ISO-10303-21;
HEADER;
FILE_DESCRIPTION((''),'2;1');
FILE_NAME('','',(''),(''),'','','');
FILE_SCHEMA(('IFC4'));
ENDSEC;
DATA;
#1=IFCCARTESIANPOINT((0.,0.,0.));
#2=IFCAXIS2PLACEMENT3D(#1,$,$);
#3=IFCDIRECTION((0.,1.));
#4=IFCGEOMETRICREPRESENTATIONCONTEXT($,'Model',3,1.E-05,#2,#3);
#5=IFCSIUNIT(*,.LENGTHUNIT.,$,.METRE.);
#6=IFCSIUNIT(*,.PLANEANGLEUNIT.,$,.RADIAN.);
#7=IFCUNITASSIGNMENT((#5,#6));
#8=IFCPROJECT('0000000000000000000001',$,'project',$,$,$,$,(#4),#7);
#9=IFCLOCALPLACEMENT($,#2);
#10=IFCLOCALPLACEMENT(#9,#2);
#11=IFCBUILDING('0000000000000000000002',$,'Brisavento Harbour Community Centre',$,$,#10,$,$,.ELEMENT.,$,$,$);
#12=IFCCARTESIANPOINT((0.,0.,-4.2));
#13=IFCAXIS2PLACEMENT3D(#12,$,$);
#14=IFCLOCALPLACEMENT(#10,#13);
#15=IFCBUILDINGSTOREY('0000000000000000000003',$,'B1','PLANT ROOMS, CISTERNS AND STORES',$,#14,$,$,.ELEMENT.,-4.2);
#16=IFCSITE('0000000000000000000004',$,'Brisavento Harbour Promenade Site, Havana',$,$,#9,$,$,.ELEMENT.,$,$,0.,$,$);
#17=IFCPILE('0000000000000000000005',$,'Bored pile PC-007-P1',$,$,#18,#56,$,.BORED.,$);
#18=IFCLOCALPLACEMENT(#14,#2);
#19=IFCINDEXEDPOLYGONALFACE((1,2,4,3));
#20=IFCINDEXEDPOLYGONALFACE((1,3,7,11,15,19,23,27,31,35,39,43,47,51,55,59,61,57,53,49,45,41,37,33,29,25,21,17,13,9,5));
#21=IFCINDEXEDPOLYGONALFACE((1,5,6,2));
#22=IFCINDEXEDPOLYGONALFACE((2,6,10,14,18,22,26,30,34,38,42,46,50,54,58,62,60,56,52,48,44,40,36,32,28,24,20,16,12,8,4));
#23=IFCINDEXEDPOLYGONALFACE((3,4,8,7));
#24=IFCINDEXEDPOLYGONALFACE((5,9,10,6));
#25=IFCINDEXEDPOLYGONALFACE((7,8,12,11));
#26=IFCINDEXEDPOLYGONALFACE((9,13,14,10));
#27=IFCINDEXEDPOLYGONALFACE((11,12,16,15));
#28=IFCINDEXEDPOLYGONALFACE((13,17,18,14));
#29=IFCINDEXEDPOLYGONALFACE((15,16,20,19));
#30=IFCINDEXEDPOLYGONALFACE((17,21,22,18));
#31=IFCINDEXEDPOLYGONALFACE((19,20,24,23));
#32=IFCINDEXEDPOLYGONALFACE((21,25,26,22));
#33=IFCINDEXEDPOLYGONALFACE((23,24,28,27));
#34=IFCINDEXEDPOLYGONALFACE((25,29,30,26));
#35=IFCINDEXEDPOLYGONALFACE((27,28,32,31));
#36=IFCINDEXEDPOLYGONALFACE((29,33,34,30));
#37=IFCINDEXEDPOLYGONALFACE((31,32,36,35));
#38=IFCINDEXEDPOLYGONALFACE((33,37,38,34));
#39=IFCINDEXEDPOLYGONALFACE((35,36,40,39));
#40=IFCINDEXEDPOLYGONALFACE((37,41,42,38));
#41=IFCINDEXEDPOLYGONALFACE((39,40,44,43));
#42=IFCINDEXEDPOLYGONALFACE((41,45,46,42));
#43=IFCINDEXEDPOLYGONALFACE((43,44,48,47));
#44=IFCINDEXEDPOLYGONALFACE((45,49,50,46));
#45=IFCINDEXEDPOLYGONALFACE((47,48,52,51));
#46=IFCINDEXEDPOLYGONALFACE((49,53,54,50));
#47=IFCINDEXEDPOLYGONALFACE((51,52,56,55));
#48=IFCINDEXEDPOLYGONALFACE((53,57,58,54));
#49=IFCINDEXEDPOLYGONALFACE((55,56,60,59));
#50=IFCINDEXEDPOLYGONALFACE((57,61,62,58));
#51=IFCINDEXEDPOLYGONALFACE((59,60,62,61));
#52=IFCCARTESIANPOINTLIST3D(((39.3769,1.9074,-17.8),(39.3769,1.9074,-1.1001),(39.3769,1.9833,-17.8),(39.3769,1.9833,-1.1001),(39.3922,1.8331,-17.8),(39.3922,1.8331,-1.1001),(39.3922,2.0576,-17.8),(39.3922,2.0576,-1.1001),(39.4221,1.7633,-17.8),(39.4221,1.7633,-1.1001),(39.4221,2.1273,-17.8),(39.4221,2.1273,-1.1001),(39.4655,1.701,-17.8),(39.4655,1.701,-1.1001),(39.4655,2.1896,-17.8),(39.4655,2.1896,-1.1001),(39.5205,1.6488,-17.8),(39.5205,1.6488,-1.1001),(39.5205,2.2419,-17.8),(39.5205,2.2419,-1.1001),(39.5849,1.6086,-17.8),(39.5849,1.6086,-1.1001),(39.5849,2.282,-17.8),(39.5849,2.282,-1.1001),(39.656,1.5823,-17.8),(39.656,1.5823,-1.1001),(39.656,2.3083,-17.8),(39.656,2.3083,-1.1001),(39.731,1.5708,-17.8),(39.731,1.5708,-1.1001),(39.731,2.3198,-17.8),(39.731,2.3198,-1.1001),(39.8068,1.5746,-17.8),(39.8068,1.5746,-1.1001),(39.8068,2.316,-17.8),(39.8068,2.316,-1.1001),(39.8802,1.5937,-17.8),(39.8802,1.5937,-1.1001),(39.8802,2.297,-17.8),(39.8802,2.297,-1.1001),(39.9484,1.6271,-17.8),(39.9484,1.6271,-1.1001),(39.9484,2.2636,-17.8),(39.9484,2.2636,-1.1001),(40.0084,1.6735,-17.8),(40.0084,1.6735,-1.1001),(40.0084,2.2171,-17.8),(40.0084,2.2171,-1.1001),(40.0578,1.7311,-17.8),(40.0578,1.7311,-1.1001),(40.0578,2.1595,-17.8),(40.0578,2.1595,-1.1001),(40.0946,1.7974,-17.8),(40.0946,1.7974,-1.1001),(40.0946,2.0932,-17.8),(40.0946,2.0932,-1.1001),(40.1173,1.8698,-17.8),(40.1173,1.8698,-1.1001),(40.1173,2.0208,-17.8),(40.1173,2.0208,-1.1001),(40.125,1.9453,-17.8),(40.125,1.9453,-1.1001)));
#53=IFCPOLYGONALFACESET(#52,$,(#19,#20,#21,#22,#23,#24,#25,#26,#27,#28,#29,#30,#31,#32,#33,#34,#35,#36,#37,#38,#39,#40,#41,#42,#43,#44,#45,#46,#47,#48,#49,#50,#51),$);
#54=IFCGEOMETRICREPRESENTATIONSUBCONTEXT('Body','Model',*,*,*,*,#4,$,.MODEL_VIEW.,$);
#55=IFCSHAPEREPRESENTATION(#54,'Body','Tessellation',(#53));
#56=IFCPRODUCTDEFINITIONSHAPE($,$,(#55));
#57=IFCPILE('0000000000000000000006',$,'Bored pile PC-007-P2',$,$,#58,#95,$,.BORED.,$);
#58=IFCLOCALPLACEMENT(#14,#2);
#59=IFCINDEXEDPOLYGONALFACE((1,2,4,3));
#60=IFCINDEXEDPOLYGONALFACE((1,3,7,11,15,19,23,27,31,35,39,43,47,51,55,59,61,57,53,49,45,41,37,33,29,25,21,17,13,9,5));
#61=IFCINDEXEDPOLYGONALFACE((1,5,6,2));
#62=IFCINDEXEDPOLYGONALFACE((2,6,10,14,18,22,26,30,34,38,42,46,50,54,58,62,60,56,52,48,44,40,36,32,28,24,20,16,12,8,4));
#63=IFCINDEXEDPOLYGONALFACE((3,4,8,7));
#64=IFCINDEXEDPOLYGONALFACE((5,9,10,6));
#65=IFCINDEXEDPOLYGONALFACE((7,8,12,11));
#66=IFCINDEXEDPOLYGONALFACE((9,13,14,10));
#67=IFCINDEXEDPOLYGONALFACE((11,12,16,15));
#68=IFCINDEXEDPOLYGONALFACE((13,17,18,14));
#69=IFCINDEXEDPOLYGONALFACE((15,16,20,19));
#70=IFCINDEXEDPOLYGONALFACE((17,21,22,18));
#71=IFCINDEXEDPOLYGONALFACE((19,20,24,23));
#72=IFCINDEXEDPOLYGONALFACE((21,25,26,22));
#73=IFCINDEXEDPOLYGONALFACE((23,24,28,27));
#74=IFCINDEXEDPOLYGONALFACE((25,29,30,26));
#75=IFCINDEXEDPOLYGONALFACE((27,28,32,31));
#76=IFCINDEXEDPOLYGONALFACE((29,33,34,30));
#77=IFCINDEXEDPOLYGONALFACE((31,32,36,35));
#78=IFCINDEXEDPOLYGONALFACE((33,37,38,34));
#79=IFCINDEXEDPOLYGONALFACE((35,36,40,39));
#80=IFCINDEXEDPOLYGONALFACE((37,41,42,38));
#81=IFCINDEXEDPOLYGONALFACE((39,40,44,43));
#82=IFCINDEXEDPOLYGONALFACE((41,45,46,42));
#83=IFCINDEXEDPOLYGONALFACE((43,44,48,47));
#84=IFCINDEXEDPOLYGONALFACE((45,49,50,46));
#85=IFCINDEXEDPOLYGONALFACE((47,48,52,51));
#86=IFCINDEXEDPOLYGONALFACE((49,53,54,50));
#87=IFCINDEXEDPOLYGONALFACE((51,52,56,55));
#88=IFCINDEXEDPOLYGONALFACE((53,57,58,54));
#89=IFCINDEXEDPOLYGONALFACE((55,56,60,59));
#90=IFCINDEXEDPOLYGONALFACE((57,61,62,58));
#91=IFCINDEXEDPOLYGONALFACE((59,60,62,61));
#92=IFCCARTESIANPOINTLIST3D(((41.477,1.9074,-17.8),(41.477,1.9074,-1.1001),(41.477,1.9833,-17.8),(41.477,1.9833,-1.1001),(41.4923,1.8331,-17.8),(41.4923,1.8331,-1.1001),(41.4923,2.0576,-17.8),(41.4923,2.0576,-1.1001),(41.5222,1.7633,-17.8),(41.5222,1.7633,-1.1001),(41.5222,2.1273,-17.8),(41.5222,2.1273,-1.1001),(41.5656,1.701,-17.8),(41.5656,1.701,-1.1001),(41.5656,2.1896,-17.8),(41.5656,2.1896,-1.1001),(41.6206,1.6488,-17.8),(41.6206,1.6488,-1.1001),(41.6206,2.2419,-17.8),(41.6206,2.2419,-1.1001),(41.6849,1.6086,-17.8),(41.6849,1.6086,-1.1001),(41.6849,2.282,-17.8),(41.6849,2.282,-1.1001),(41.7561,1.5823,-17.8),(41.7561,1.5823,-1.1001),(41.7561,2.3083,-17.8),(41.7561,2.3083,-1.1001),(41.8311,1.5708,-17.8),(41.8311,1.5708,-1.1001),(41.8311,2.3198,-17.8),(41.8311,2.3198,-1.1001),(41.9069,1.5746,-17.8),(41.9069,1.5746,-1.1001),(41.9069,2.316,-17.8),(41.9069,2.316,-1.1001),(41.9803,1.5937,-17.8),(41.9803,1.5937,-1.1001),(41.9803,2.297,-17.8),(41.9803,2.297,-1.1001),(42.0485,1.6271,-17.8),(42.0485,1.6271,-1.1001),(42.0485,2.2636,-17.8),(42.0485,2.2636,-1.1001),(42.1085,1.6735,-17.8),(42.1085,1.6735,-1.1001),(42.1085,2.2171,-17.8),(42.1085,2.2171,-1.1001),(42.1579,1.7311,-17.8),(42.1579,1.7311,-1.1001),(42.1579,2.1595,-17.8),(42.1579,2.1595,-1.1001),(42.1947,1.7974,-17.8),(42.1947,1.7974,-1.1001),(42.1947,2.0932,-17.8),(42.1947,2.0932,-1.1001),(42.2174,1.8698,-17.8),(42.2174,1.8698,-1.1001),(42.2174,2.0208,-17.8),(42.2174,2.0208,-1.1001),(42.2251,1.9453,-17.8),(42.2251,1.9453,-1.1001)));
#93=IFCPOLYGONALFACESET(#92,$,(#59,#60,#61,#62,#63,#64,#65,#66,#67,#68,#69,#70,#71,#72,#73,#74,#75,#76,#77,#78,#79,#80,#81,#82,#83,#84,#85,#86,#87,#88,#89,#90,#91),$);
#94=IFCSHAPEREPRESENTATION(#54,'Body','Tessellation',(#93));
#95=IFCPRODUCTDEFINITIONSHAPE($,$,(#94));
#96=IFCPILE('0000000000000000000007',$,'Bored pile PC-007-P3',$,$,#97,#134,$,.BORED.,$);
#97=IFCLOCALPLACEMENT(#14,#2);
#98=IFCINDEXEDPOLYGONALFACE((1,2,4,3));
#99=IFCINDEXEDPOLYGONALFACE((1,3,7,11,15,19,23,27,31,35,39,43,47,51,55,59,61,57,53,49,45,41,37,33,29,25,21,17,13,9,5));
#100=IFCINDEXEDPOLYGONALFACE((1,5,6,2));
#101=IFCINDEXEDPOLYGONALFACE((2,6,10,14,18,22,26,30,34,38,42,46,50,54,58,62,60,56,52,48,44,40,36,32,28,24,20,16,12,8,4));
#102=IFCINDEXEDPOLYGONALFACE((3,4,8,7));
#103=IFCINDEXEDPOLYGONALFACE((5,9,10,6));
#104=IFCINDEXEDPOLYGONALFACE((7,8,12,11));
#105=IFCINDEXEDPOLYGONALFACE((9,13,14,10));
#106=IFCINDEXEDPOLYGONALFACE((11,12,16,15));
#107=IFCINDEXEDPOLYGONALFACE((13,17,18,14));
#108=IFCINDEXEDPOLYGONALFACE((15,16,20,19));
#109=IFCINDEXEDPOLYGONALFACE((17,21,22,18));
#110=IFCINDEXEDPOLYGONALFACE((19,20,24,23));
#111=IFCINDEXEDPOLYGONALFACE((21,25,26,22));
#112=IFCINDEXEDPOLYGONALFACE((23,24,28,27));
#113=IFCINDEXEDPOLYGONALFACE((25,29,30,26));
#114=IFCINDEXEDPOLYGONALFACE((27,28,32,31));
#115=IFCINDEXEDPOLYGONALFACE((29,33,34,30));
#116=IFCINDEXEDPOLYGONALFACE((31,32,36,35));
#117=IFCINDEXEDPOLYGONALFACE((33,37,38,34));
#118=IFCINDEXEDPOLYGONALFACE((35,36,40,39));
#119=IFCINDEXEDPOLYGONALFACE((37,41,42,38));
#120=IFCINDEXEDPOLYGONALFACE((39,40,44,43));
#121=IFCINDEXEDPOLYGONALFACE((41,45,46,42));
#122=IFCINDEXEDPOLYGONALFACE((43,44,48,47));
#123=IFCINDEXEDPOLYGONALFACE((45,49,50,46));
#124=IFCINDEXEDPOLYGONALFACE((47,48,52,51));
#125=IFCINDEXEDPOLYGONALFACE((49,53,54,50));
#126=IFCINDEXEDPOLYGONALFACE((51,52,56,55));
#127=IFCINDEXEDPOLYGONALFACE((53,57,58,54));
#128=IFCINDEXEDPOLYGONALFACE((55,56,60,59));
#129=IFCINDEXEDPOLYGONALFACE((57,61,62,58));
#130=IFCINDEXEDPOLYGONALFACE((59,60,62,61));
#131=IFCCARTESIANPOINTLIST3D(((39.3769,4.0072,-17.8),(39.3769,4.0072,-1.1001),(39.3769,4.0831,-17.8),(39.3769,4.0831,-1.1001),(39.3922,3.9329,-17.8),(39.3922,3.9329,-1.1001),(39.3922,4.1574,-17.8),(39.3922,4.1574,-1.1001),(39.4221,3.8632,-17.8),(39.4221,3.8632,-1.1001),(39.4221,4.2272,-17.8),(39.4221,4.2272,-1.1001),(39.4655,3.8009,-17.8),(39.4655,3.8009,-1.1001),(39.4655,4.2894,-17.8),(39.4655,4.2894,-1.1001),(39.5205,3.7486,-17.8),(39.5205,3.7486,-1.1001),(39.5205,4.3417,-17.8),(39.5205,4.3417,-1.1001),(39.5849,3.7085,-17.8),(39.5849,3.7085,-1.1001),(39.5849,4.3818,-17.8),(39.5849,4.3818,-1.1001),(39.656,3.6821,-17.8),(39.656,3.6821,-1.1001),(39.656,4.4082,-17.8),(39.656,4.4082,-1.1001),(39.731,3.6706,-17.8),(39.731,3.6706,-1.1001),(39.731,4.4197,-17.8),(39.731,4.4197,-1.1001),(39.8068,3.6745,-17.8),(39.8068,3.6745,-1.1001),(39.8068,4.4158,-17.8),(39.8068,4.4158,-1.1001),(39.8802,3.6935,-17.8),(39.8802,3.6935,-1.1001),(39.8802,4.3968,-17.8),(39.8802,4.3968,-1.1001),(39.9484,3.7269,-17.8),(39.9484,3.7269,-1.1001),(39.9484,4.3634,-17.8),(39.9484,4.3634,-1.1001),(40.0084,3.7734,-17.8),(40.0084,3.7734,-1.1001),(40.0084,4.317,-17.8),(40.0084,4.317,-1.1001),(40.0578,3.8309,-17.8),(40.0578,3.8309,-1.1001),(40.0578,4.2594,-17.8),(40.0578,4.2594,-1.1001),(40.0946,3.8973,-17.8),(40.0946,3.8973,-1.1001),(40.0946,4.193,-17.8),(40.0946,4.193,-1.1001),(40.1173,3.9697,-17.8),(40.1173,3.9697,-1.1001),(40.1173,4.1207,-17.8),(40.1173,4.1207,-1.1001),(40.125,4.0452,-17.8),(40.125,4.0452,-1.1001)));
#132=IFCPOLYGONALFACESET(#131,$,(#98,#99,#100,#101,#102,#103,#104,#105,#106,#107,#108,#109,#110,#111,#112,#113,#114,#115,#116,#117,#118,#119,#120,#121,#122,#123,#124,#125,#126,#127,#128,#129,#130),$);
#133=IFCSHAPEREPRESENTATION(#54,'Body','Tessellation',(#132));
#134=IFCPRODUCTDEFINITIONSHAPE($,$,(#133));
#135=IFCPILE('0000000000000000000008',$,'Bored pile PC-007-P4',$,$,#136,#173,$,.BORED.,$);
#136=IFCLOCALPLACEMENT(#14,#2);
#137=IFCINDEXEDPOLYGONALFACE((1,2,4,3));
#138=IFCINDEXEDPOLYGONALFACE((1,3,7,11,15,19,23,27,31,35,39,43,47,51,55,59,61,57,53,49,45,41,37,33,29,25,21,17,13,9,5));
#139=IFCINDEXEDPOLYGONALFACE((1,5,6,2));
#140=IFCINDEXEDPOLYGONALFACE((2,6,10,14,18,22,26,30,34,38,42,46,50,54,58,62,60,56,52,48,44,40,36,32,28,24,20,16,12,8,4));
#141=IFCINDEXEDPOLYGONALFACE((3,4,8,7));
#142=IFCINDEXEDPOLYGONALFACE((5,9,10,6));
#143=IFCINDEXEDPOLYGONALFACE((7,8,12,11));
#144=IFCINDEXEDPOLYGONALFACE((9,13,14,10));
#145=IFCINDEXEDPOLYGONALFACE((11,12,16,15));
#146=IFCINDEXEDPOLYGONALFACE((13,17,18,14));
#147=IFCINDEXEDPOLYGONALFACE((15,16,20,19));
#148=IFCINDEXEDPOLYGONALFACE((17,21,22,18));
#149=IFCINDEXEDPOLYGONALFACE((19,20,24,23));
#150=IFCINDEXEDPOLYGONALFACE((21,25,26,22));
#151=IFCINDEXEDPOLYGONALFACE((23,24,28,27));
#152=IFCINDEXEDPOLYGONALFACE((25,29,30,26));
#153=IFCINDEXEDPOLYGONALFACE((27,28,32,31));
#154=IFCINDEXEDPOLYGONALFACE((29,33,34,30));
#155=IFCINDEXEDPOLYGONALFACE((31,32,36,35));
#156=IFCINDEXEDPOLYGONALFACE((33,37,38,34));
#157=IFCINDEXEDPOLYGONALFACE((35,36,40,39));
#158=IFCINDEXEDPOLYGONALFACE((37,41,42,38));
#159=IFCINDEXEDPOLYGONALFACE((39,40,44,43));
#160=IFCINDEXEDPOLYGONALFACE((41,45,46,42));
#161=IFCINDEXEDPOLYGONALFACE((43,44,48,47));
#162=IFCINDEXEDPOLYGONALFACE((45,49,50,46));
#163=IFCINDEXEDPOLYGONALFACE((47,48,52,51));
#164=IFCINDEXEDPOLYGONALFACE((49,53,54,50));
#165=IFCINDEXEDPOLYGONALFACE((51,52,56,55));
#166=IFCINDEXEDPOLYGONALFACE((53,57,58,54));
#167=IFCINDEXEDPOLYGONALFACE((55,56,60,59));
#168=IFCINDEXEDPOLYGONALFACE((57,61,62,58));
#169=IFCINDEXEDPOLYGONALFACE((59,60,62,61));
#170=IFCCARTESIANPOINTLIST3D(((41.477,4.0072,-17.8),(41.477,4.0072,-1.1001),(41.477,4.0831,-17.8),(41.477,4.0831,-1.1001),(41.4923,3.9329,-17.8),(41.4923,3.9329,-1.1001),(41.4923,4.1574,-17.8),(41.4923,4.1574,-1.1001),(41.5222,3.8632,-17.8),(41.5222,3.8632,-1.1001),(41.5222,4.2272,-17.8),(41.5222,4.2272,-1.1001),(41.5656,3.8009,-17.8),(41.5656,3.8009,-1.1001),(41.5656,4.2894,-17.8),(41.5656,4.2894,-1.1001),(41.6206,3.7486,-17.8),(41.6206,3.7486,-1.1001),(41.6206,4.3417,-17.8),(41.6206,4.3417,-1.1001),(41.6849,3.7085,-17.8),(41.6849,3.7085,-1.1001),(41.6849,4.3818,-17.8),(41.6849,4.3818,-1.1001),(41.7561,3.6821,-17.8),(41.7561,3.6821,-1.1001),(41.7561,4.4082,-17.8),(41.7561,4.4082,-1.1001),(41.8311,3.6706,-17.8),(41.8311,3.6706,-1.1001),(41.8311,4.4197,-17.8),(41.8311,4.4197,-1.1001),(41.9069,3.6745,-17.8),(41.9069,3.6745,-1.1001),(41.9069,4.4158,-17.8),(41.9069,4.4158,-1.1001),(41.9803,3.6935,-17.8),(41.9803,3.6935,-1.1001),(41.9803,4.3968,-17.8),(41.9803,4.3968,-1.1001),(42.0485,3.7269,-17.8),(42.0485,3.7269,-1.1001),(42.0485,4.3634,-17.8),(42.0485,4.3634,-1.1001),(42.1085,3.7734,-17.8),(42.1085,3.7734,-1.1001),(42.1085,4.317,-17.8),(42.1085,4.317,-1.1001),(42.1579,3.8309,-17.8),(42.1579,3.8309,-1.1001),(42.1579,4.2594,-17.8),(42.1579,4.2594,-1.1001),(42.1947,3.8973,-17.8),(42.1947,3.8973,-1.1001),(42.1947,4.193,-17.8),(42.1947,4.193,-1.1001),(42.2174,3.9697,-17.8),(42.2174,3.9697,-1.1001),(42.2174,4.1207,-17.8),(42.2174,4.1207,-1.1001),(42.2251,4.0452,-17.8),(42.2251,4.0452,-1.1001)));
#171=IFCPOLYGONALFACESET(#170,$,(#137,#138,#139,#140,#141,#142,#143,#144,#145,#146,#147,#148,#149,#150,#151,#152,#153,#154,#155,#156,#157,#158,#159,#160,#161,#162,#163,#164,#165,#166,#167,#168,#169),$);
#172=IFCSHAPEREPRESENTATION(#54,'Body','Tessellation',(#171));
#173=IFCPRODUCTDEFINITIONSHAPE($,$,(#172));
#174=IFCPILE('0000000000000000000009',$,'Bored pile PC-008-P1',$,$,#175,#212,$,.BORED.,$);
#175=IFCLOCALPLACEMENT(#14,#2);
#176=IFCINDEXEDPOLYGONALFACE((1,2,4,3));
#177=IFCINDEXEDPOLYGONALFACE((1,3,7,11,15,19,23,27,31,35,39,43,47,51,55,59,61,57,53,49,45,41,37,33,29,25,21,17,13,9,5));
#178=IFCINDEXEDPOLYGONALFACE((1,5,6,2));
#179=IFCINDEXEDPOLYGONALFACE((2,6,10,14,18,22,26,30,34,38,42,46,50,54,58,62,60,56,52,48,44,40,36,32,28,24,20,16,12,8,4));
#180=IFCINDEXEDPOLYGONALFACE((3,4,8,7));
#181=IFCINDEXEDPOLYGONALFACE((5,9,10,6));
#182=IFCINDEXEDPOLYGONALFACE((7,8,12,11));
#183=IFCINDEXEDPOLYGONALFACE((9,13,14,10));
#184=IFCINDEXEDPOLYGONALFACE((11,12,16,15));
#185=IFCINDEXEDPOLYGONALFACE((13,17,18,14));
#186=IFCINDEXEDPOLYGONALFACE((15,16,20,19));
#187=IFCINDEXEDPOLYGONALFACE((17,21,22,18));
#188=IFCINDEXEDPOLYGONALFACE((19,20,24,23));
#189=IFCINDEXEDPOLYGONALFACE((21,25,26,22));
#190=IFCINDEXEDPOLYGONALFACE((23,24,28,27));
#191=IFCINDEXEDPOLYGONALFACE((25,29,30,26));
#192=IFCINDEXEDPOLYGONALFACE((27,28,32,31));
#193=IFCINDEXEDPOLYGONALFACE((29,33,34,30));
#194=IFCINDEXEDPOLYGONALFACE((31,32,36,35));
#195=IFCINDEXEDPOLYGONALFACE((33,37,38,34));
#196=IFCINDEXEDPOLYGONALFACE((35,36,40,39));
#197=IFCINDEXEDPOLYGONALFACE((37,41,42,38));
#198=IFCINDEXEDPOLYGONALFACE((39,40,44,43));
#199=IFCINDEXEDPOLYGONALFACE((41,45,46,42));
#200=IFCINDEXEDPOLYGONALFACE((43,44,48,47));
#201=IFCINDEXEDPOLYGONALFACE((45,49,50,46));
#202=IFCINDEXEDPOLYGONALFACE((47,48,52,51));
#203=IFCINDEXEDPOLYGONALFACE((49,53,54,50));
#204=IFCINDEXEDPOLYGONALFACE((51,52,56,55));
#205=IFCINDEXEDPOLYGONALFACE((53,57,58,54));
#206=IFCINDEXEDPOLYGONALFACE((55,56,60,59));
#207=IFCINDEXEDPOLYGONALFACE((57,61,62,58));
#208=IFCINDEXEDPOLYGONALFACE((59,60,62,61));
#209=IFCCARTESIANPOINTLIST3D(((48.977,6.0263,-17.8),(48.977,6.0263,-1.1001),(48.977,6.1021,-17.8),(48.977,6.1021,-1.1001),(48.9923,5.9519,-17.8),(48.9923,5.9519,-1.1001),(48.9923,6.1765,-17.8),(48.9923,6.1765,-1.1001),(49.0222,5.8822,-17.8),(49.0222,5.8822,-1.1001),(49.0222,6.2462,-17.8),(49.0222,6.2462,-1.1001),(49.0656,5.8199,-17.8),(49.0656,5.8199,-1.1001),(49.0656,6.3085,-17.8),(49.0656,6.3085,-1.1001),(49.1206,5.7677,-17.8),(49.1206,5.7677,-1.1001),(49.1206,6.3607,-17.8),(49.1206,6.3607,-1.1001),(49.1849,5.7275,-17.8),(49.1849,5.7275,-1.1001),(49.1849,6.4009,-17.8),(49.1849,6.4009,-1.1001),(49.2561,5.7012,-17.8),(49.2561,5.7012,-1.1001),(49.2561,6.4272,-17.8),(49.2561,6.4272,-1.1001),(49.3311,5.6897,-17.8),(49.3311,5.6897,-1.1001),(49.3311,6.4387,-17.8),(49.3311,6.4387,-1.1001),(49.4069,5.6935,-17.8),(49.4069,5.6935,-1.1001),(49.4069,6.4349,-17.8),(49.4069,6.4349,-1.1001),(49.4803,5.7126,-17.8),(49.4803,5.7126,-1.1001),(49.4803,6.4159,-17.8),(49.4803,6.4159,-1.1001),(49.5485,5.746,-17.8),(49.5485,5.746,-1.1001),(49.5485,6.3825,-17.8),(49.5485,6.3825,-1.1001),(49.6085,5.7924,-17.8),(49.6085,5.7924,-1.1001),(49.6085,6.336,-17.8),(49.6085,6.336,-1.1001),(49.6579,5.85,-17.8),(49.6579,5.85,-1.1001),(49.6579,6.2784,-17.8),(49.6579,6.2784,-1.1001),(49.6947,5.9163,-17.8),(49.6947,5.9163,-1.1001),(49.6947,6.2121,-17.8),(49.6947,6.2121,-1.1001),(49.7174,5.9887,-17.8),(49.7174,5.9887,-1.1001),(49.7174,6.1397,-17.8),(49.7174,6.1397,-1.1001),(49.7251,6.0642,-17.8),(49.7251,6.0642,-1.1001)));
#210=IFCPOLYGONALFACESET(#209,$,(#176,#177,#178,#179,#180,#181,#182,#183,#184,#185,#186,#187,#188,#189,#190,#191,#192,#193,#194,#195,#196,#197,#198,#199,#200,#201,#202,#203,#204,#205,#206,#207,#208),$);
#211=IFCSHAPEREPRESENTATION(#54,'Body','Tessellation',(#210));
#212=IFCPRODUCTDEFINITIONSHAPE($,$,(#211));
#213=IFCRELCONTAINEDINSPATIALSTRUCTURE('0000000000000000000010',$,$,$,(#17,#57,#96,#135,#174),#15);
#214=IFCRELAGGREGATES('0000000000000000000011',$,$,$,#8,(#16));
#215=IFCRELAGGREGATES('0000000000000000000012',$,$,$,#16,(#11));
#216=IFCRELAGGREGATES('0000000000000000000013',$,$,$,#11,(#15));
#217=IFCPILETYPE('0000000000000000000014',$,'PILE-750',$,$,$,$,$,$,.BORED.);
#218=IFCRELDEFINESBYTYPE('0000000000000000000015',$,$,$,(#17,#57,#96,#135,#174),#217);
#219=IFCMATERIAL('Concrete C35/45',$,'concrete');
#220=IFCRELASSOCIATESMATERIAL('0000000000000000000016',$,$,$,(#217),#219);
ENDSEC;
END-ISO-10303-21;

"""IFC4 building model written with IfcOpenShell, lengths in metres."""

from ifc_helpers import new_model, si_unit, direction, frame, origin, origin_2d, place, context, subcontext, project, spatial, circle, extrude, material, material_profile, profile_set, type_object, element, save


model = new_model("IFC4")

# Units and contexts
model_context = context("Model", 3, precision=1e-05, world=origin(), true_north=direction((0.0, 1.0)))
body_context = subcontext(model_context, "Body", "Model", "MODEL_VIEW")
ifc_project = project(units=[si_unit("LENGTHUNIT", "METRE"), si_unit("PLANEANGLEUNIT", "RADIAN")], contexts=[model_context])

# Site, building, storey
site_placement = place(None, origin())
site = spatial("IfcSite", under=ifc_project, at=site_placement, Name="Brisavento Harbour Promenade Site, Havana", CompositionType="ELEMENT", RefElevation=0.0)
building_placement = place(site_placement, origin())
building = spatial("IfcBuilding", under=site, at=building_placement, Name="Brisavento Harbour Community Centre", CompositionType="ELEMENT")
storey_placement = place(building_placement, frame((0.0, 0.0, -4.2)))
storey = spatial("IfcBuildingStorey", under=building, at=storey_placement, Name="B1", Description="PLANT ROOMS, CISTERNS AND STORES", CompositionType="ELEMENT", Elevation=-4.2)

# Shared definitions
ifc_material_1 = material(Name="Concrete C35/45", Category="concrete")

# Piles
ifc_material_profile_1 = material_profile(ifc_material_1, circle(Radius=0.375, at=origin_2d()), Name="Concrete C35/45")
ifc_profile_set_1 = profile_set([ifc_material_profile_1], Name="Concrete C35/45")
pile_type = type_object("IfcPileType", Name="PILE-750", PredefinedType="BORED", material=ifc_profile_set_1)
for number, where, z_axis, x_axis, name in (
    (1, (39.75, 1.9453, -1.1001), (0.0, 0.0, -1.0), (1.0, 0.0, 0.0), "Bored pile PC-007-P1"),
    (2, (41.8501, 1.9453, -1.1001), (0.0, 0.0, -1.0), (1.0, 0.0, 0.0), "Bored pile PC-007-P2"),
    (3, (39.75, 4.0452, -1.1001), (0.0, 0.0, -1.0), (1.0, 0.0, 0.0), "Bored pile PC-007-P3"),
    (4, (41.8501, 4.0452, -1.1001), (0.0, 0.0, -1.0), (1.0, 0.0, 0.0), "Bored pile PC-007-P4"),
    (5, (49.3501, 6.0642, -1.1001), (0.0, 0.0, -1.0), (1.0, 0.0, 0.0), "Bored pile PC-008-P1"),
):
    element("IfcPile", number, at=place(storey_placement, frame(where, z_axis=z_axis, x_axis=x_axis)), inside=storey, type_object=pile_type, Name=name, PredefinedType="BORED", context=body_context, shape_type="SweptSolid", body=[
        extrude(circle(Radius=0.375, at=origin_2d()), origin(), (0.0, 0.0, 1.0), 16.7),
    ])

save(model, "model.ifc")
